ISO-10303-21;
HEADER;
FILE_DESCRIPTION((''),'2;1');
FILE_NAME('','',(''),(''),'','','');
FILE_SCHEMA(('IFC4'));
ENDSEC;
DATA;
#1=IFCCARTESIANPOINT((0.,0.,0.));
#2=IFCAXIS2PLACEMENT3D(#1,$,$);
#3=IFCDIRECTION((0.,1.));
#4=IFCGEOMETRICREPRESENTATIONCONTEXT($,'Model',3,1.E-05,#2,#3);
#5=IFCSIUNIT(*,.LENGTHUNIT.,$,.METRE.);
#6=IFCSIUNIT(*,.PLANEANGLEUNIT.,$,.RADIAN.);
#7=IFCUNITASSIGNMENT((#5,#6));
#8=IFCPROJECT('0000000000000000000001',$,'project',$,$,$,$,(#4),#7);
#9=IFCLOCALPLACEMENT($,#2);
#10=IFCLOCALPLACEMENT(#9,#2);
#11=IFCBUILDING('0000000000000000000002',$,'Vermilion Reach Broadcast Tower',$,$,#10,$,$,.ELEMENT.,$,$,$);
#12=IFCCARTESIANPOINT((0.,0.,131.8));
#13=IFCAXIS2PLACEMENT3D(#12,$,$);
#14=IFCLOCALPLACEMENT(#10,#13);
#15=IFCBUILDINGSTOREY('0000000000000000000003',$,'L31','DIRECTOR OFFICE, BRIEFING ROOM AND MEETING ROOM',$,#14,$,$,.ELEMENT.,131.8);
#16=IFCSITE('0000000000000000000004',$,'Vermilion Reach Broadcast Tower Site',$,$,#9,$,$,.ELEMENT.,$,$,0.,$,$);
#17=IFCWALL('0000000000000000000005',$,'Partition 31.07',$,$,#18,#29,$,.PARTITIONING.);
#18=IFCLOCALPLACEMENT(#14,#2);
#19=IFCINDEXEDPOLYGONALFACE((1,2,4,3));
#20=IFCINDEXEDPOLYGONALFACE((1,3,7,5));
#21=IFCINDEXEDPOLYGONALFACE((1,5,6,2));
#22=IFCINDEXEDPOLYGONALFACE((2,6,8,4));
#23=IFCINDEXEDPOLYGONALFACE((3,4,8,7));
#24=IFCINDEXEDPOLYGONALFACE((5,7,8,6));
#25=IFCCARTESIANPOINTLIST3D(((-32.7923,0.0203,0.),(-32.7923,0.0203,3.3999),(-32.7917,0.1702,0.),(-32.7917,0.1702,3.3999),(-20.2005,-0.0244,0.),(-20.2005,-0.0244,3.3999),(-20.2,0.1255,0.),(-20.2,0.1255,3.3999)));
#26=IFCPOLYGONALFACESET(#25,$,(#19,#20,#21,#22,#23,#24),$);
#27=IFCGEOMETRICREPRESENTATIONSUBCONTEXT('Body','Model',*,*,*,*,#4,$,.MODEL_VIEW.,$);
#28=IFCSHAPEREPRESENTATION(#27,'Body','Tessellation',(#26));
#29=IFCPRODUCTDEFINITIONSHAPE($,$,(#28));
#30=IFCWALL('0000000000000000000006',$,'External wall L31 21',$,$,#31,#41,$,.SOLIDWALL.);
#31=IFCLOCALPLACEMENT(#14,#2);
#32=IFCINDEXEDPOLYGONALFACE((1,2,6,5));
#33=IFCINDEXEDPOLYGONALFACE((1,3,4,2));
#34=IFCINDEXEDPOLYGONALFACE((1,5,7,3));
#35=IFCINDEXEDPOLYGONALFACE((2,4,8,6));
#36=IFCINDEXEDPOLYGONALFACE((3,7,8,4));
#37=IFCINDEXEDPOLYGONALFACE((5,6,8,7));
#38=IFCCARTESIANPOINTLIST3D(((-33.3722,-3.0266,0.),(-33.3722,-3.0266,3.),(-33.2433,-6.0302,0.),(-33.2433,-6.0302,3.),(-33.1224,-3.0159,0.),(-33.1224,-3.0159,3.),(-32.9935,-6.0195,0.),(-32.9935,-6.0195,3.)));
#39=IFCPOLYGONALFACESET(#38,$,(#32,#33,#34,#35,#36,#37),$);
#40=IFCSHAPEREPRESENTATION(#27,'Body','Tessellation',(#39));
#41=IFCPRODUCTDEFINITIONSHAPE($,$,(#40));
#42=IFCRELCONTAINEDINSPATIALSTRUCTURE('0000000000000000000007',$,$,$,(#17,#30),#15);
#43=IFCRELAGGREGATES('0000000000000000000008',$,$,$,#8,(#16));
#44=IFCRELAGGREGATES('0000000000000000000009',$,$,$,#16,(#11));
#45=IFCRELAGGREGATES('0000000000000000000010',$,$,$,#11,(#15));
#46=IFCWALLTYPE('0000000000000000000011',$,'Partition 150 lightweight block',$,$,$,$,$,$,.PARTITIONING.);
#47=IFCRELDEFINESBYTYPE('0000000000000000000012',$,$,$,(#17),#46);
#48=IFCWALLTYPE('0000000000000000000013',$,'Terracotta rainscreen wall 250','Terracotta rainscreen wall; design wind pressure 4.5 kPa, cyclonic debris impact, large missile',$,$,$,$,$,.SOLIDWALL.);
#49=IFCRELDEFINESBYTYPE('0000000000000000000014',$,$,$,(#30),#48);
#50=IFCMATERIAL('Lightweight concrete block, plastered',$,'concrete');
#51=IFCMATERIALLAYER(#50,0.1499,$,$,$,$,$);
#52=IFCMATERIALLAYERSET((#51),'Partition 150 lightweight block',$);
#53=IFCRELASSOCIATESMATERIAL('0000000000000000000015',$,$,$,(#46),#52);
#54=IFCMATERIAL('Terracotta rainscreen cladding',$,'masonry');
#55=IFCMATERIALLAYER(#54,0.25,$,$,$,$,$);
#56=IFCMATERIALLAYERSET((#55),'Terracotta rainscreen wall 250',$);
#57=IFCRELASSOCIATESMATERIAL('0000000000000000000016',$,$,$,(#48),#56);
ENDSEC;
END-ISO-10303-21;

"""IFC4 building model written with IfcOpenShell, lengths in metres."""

from ifc_helpers import new_model, si_unit, direction, frame, frame_2d, origin, place, context, subcontext, project, spatial, rectangle, extrude, material, layer, layer_set, type_object, element, save


model = new_model("IFC4")

# Units and contexts
model_context = context("Model", 3, precision=1e-05, world=origin(), true_north=direction((0.0, 1.0)))
body_context = subcontext(model_context, "Body", "Model", "MODEL_VIEW")
ifc_project = project(units=[si_unit("LENGTHUNIT", "METRE"), si_unit("PLANEANGLEUNIT", "RADIAN")], contexts=[model_context])

# Site, building, storey
site_placement = place(None, origin())
site = spatial("IfcSite", under=ifc_project, at=site_placement, Name="Vermilion Reach Broadcast Tower Site", CompositionType="ELEMENT", RefElevation=0.0)
building_placement = place(site_placement, origin())
building = spatial("IfcBuilding", under=site, at=building_placement, Name="Vermilion Reach Broadcast Tower", CompositionType="ELEMENT")
storey_placement = place(building_placement, frame((0.0, 0.0, 131.8)))
storey = spatial("IfcBuildingStorey", under=building, at=storey_placement, Name="L31", Description="DIRECTOR OFFICE, BRIEFING ROOM AND MEETING ROOM", CompositionType="ELEMENT", Elevation=131.8)

# Wall
ifc_material_1 = material(Name="Lightweight concrete block, plastered", Category="concrete")
ifc_layer_1 = layer(ifc_material_1, 0.1499)
ifc_layer_set_1 = layer_set([ifc_layer_1], Name="Partition 150 lightweight block")
wall_type_1 = type_object("IfcWallType", Name="Partition 150 lightweight block", PredefinedType="PARTITIONING", material=ifc_layer_set_1)
wall_1_placement = place(storey_placement, frame((-32.792, 0.0952, 0.0), z_axis=(0.0, 0.0, 1.0), x_axis=(0.999994, -0.003548, 0.0)))
element("IfcWall", 1, at=wall_1_placement, inside=storey, type_object=wall_type_1, Name="Partition 31.07", PredefinedType="PARTITIONING", context=body_context, shape_type="SweptSolid", body=[
    extrude(rectangle(XDim=12.5918, YDim=0.1499, at=frame_2d((6.2959, 0.0))), origin(), (0.0, 0.0, 1.0), 3.3999),
])

# Shared definitions
ifc_material_2 = material(Name="Terracotta rainscreen cladding", Category="masonry")
ifc_layer_2 = layer(ifc_material_2, 0.25)
ifc_layer_set_2 = layer_set([ifc_layer_2], Name="Terracotta rainscreen wall 250")
wall_type_2 = type_object("IfcWallType", Name="Terracotta rainscreen wall 250", Description="Terracotta rainscreen wall; design wind pressure 4.5 kPa, cyclonic debris impact, large missile", PredefinedType="SOLIDWALL", material=ifc_layer_set_2)

# Wall
wall_2_placement = place(storey_placement, frame((-33.2473, -3.0212, 0.0), z_axis=(0.0, 0.0, 1.0), x_axis=(0.042877, -0.99908, 0.0)))
element("IfcWall", 2, at=wall_2_placement, inside=storey, type_object=wall_type_2, Name="External wall L31 21", PredefinedType="SOLIDWALL", context=body_context, shape_type="SweptSolid", body=[
    extrude(rectangle(XDim=3.0063, YDim=0.25, at=frame_2d((1.5032, 0.0))), origin(), (0.0, 0.0, 1.0), 3.0),
])

save(model, "model.ifc")
